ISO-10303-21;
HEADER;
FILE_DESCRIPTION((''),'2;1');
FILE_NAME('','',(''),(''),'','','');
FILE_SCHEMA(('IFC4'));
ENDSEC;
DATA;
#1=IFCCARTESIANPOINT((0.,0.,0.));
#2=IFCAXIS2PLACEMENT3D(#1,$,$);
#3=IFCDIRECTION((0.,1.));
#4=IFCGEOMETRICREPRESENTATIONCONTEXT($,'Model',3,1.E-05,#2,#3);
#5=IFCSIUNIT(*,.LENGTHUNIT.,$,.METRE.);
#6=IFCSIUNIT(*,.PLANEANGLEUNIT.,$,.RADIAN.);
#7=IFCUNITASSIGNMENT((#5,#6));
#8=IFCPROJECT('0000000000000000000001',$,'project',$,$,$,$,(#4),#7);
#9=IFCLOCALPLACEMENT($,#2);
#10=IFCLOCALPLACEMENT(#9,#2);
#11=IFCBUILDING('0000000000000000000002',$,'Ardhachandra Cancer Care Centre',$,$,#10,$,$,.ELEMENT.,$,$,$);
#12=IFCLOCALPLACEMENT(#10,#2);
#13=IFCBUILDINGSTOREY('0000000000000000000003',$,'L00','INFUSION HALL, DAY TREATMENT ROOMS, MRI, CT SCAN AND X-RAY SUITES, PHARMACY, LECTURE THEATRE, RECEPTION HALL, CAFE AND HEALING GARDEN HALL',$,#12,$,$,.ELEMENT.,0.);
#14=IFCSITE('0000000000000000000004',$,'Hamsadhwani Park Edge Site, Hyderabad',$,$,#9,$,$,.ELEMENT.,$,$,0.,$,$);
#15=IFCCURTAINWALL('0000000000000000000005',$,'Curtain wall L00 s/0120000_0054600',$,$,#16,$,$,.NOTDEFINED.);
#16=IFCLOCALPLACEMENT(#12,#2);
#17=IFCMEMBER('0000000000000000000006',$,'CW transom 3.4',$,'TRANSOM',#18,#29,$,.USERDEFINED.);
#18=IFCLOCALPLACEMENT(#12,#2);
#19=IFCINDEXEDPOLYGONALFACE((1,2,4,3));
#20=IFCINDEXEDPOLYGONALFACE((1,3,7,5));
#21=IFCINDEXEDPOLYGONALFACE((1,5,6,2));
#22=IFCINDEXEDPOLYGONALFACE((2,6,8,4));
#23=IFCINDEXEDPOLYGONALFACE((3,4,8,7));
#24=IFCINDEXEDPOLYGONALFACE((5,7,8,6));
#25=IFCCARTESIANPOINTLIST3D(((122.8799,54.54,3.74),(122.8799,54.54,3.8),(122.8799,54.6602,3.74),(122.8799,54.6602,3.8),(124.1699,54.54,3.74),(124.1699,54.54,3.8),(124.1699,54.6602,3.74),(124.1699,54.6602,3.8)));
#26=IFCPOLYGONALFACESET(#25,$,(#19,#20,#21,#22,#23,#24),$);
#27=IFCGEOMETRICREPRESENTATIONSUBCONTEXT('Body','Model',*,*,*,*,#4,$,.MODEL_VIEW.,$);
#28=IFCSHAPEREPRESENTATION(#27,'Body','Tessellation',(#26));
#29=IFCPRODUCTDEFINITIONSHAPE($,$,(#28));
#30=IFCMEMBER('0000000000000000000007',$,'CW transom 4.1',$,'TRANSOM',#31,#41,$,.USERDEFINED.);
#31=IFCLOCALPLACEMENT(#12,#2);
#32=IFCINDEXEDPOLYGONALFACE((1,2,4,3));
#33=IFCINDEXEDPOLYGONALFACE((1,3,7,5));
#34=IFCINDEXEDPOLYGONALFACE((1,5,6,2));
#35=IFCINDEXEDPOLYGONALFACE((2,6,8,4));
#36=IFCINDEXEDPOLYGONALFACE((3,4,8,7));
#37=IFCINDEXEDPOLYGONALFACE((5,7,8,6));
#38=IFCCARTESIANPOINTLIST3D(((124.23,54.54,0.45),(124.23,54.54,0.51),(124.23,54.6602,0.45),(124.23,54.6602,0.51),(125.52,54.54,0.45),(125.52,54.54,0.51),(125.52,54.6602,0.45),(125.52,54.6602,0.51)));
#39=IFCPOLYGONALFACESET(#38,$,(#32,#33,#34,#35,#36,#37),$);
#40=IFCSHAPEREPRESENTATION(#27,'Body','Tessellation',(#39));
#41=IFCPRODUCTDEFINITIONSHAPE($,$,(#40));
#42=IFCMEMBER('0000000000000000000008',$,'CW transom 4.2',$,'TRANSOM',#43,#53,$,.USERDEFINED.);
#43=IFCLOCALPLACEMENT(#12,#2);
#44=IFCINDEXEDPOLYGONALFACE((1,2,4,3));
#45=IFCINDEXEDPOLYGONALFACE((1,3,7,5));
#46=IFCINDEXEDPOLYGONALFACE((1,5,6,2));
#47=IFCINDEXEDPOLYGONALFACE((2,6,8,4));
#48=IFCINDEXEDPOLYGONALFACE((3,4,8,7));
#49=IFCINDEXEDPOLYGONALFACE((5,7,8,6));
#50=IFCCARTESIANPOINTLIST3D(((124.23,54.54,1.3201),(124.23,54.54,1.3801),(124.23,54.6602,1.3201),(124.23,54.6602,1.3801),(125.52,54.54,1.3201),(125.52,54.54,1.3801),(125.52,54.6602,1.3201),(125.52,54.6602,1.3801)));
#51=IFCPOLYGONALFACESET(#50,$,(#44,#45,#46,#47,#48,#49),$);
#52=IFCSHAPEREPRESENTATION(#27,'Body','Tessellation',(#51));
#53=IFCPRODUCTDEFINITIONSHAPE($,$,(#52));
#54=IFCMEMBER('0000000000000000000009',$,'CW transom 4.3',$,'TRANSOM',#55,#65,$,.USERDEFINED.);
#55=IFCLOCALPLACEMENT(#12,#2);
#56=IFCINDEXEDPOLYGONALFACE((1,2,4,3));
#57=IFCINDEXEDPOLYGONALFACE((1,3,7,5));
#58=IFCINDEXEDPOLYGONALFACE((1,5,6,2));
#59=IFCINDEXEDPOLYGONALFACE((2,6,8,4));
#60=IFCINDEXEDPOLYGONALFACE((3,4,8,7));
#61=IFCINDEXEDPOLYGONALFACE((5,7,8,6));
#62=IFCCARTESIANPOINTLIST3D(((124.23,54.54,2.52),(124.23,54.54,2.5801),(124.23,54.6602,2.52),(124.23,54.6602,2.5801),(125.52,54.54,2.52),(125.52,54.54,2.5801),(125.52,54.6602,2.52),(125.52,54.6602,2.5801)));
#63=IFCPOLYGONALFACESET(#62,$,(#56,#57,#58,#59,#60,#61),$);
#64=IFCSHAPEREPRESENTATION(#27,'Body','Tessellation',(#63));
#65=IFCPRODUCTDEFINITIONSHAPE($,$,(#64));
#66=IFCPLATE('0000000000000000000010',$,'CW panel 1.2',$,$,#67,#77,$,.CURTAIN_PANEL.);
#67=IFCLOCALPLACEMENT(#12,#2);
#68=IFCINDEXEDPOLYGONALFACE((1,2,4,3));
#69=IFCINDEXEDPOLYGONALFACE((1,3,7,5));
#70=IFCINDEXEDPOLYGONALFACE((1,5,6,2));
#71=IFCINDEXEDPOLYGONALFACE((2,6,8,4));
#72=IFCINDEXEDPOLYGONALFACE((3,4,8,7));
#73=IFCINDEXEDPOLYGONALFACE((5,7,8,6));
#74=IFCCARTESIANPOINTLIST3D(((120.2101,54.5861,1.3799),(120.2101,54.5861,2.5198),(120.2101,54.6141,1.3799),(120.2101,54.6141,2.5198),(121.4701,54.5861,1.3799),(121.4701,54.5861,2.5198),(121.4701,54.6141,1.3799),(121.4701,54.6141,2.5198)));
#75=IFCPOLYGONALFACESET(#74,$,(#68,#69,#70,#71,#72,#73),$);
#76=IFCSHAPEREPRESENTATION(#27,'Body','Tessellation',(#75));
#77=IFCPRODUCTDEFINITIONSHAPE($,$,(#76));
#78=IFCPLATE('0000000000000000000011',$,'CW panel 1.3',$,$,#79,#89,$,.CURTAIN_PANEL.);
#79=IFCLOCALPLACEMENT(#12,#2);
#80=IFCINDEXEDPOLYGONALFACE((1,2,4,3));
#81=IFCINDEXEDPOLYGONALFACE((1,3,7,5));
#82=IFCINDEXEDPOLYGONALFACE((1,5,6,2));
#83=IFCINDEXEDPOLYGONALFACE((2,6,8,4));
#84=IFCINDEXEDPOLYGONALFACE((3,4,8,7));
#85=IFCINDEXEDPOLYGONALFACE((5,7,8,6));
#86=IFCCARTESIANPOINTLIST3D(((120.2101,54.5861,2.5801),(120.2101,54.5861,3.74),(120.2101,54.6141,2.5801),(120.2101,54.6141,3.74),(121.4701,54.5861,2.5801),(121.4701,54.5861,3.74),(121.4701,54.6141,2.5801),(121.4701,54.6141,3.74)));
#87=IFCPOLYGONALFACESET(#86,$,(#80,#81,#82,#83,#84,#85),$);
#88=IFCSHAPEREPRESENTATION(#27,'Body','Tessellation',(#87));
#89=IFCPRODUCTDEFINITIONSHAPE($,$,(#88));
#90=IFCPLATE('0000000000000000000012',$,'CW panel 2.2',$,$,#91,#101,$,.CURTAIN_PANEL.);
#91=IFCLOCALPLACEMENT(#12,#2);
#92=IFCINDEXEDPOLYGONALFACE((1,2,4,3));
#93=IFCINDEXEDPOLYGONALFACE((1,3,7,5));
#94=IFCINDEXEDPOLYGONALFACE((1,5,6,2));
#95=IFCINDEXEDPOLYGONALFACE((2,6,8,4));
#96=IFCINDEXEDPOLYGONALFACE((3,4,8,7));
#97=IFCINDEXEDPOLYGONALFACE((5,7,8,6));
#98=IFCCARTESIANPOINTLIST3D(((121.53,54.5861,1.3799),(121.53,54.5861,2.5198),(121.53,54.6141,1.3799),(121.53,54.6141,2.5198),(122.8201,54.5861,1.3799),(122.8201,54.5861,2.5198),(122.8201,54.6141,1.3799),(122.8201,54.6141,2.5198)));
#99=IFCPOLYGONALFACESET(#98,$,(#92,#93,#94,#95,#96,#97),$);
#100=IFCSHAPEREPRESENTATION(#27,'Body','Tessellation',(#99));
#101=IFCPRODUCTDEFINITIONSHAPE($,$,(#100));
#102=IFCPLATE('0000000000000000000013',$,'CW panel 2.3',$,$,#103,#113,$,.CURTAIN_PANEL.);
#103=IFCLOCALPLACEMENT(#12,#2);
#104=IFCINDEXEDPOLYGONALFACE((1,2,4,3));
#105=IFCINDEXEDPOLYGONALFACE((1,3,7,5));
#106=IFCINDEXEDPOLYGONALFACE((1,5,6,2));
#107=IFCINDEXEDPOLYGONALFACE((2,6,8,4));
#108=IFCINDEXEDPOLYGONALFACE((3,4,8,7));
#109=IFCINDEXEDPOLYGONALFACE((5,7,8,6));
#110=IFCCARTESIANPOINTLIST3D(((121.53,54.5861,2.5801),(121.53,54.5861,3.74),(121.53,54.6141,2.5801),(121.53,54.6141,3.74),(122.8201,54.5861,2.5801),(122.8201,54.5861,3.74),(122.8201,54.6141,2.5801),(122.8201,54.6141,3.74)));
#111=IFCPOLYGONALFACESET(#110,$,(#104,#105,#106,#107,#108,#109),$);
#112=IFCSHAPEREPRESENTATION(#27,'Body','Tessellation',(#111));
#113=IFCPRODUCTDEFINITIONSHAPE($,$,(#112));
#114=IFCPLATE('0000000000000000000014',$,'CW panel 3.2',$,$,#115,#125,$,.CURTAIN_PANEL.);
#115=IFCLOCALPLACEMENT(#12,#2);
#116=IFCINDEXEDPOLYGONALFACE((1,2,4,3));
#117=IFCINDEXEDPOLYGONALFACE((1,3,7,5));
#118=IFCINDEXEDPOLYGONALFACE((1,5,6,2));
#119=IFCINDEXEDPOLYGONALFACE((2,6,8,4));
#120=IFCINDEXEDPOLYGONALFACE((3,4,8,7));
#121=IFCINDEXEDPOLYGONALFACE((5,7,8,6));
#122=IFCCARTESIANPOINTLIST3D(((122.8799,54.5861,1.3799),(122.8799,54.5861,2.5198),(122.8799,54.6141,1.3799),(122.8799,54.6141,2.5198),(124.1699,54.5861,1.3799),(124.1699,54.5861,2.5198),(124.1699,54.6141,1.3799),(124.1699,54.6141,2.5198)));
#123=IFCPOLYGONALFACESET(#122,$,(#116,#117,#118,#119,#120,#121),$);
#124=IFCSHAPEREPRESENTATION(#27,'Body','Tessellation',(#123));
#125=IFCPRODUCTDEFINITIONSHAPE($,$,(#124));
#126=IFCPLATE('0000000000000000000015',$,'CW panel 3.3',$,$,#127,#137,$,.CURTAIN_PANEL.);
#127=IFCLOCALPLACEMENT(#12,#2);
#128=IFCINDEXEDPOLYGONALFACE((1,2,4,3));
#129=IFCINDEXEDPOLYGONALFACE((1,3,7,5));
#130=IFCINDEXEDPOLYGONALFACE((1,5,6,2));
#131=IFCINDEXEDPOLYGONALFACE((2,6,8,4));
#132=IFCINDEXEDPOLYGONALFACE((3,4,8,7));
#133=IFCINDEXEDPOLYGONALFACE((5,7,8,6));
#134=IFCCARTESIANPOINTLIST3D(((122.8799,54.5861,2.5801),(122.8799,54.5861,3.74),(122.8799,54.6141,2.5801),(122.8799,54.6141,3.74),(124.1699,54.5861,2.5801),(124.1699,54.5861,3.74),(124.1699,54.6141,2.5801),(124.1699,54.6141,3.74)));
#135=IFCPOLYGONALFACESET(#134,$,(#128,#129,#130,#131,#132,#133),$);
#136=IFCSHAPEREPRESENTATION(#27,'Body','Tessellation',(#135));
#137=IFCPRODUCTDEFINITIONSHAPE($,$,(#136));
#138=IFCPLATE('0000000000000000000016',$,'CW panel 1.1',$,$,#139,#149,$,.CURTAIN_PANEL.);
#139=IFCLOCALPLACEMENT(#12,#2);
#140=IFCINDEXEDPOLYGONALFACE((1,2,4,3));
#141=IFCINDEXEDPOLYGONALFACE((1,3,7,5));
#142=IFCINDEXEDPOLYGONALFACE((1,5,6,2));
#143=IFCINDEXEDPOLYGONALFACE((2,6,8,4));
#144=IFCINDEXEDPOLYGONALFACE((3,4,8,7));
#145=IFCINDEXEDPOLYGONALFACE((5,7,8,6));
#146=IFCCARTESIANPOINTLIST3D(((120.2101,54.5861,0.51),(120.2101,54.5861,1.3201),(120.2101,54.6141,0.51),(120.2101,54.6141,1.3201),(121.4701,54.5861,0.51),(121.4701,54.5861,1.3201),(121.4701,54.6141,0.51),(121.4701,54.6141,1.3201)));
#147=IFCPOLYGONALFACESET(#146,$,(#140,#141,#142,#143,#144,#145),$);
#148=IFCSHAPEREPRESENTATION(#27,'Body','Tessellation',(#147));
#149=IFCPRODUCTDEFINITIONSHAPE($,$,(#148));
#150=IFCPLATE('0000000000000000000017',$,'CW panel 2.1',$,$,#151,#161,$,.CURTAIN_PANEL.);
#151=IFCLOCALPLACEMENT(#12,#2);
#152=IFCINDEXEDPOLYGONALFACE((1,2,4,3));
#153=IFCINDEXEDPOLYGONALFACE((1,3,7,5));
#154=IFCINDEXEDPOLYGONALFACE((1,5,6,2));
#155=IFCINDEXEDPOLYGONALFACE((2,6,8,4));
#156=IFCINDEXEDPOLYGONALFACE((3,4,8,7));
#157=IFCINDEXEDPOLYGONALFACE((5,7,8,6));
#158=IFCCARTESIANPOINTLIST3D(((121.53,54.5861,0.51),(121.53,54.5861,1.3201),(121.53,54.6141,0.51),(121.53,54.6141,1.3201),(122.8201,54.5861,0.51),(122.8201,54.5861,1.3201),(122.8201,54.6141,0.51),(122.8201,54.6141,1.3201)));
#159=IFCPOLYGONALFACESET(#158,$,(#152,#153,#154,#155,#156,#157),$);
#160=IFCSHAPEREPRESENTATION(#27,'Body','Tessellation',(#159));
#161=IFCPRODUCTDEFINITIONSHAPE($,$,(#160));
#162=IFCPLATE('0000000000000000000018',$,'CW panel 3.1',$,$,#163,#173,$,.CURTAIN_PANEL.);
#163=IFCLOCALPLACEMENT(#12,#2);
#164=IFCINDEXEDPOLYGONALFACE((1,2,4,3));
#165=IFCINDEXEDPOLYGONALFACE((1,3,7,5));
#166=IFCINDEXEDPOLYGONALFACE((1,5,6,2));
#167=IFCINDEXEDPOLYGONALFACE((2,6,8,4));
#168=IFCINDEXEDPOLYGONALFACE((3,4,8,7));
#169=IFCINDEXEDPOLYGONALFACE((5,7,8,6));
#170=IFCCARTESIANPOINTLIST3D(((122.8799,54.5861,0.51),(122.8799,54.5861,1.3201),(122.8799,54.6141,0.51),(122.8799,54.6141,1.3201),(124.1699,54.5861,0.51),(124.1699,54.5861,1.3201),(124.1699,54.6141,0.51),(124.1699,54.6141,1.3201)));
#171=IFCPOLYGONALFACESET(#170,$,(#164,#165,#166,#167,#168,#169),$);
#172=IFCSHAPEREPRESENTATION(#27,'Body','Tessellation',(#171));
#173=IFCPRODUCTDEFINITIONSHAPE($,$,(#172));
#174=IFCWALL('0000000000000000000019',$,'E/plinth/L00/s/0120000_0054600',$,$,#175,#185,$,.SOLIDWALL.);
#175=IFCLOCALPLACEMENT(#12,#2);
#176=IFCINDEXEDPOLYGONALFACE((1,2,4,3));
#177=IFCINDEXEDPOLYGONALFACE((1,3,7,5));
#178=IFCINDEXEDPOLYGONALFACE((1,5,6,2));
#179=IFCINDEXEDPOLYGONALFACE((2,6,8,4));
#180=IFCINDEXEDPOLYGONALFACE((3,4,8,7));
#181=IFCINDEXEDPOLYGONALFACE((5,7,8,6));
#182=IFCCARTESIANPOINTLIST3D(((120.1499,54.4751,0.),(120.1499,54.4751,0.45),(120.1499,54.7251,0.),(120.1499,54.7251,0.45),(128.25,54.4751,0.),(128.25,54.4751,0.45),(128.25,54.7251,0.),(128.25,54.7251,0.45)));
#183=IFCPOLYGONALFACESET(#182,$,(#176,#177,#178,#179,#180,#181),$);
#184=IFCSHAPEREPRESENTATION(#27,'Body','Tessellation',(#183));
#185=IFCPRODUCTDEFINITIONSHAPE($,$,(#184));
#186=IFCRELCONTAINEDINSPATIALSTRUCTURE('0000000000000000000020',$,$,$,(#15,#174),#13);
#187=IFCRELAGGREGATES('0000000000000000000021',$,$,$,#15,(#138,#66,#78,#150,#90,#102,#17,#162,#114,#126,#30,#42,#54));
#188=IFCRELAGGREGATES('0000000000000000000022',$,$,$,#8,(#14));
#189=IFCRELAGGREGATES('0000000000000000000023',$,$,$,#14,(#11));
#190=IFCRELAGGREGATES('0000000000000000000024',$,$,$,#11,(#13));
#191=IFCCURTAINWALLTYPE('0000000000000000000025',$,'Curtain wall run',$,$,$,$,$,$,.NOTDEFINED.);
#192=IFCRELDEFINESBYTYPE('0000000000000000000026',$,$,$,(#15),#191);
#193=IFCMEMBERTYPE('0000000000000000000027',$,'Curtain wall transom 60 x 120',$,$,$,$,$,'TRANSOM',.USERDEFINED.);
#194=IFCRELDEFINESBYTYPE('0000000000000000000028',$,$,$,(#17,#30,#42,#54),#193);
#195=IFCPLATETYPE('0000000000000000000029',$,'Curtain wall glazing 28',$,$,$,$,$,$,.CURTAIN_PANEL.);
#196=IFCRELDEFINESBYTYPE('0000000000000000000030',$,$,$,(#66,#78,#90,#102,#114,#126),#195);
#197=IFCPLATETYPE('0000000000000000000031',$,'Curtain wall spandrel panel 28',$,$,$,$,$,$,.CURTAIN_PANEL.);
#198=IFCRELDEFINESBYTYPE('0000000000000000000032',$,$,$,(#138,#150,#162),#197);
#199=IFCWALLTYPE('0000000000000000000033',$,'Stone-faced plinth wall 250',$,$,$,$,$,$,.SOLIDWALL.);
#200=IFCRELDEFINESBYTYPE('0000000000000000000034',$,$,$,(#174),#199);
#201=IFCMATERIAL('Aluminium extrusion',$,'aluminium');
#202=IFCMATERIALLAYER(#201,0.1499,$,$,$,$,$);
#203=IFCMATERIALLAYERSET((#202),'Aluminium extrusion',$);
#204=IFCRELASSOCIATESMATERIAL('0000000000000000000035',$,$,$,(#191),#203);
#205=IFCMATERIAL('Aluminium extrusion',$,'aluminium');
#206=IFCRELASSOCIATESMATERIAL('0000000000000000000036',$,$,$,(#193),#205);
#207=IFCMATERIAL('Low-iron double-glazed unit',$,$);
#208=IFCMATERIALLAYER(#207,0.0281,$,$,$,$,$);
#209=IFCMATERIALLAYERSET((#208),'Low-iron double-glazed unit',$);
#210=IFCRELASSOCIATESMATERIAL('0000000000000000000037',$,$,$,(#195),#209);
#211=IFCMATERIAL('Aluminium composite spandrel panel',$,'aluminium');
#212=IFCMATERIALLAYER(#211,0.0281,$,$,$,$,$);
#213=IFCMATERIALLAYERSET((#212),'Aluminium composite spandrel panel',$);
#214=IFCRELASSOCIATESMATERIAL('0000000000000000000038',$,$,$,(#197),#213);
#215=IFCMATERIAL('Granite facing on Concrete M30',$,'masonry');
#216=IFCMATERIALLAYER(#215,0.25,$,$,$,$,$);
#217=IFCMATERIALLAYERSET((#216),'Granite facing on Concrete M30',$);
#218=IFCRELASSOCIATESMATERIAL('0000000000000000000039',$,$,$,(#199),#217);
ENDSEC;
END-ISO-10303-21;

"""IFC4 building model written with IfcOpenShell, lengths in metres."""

from ifc_helpers import new_model, si_unit, direction, frame, frame_2d, origin, origin_2d, place, context, subcontext, project, spatial, rectangle, extrude, material, layer, layer_set, material_profile, profile_set, type_object, element, aggregate, save


model = new_model("IFC4")

# Units and contexts
model_context = context("Model", 3, precision=1e-05, world=origin(), true_north=direction((0.0, 1.0)))
body_context = subcontext(model_context, "Body", "Model", "MODEL_VIEW")
ifc_project = project(units=[si_unit("LENGTHUNIT", "METRE"), si_unit("PLANEANGLEUNIT", "RADIAN")], contexts=[model_context])

# Site, building, storey
site_placement = place(None, origin())
site = spatial("IfcSite", under=ifc_project, at=site_placement, Name="Hamsadhwani Park Edge Site, Hyderabad", CompositionType="ELEMENT", RefElevation=0.0)
building_placement = place(site_placement, origin())
building = spatial("IfcBuilding", under=site, at=building_placement, Name="Ardhachandra Cancer Care Centre", CompositionType="ELEMENT")
storey_placement = place(building_placement, origin())
storey = spatial("IfcBuildingStorey", under=building, at=storey_placement, Name="L00", Description="INFUSION HALL, DAY TREATMENT ROOMS, MRI, CT SCAN AND X-RAY SUITES, PHARMACY, LECTURE THEATRE, RECEPTION HALL, CAFE AND HEALING GARDEN HALL", CompositionType="ELEMENT", Elevation=0.0)

# Curtain wall, members, plates
ifc_material_1 = material(Name="Aluminium extrusion", Category="aluminium")
ifc_layer_1 = layer(ifc_material_1, 0.1499)
ifc_layer_set_1 = layer_set([ifc_layer_1], Name="Aluminium extrusion")
curtain_wall_type = type_object("IfcCurtainWallType", Name="Curtain wall run", PredefinedType="NOTDEFINED", material=ifc_layer_set_1)
curtain_wall_placement = place(storey_placement, origin())
curtain_wall = element("IfcCurtainWall", 1, at=curtain_wall_placement, inside=storey, type_object=curtain_wall_type, Name="Curtain wall L00 s/0120000_0054600", PredefinedType="NOTDEFINED")
ifc_material_2 = material(Name="Aluminium extrusion", Category="aluminium")
ifc_material_profile_1 = material_profile(ifc_material_2, rectangle(XDim=0.1201, YDim=0.0601, at=origin_2d()), Name="Curtain wall transom 60 x 120")
ifc_profile_set_1 = profile_set([ifc_material_profile_1], Name="Aluminium extrusion")
member_type_1 = type_object("IfcMemberType", Name="Curtain wall transom 60 x 120", ElementType="TRANSOM", PredefinedType="USERDEFINED", material=ifc_profile_set_1)
member_1_placement = place(storey_placement, frame((122.8799, 54.6001, 3.77), z_axis=(1.0, 0.0, 0.0), x_axis=(0.0, 1.0, 0.0)))
member_1 = element("IfcMember", 2, at=member_1_placement, type_object=member_type_1, Name="CW transom 3.4", ObjectType="TRANSOM", PredefinedType="USERDEFINED", context=body_context, shape_type="SweptSolid", body=[
    extrude(rectangle(XDim=0.1201, YDim=0.0601, at=origin_2d()), origin(), (0.0, 0.0, 1.0), 1.29),
])
member_2_placement = place(storey_placement, frame((124.23, 54.6001, 0.48), z_axis=(1.0, 0.0, 0.0), x_axis=(0.0, 1.0, 0.0)))
member_2 = element("IfcMember", 3, at=member_2_placement, type_object=member_type_1, Name="CW transom 4.1", ObjectType="TRANSOM", PredefinedType="USERDEFINED", context=body_context, shape_type="SweptSolid", body=[
    extrude(rectangle(XDim=0.1201, YDim=0.0601, at=origin_2d()), origin(), (0.0, 0.0, 1.0), 1.29),
])
member_3_placement = place(storey_placement, frame((124.23, 54.6001, 1.3501), z_axis=(1.0, 0.0, 0.0), x_axis=(0.0, 1.0, 0.0)))
member_3 = element("IfcMember", 4, at=member_3_placement, type_object=member_type_1, Name="CW transom 4.2", ObjectType="TRANSOM", PredefinedType="USERDEFINED", context=body_context, shape_type="SweptSolid", body=[
    extrude(rectangle(XDim=0.1201, YDim=0.0601, at=origin_2d()), origin(), (0.0, 0.0, 1.0), 1.29),
])
member_4_placement = place(storey_placement, frame((124.23, 54.6001, 2.55), z_axis=(1.0, 0.0, 0.0), x_axis=(0.0, 1.0, 0.0)))
member_4 = element("IfcMember", 5, at=member_4_placement, type_object=member_type_1, Name="CW transom 4.3", ObjectType="TRANSOM", PredefinedType="USERDEFINED", context=body_context, shape_type="SweptSolid", body=[
    extrude(rectangle(XDim=0.1201, YDim=0.0601, at=origin_2d()), origin(), (0.0, 0.0, 1.0), 1.29),
])
ifc_material_3 = material(Name="Low-iron double-glazed unit")
ifc_layer_2 = layer(ifc_material_3, 0.0281)
ifc_layer_set_2 = layer_set([ifc_layer_2], Name="Low-iron double-glazed unit")
plate_type_1 = type_object("IfcPlateType", Name="Curtain wall glazing 28", PredefinedType="CURTAIN_PANEL", material=ifc_layer_set_2)
plate_1_placement = place(storey_placement, frame((120.8401, 54.6001, 1.3799), z_axis=(0.0, 0.0, 1.0), x_axis=(1.0, 0.0, 0.0)))
plate_1 = element("IfcPlate", 6, at=plate_1_placement, type_object=plate_type_1, Name="CW panel 1.2", PredefinedType="CURTAIN_PANEL", context=body_context, shape_type="SweptSolid", body=[
    extrude(rectangle(XDim=1.26, YDim=0.0281, at=origin_2d()), origin(), (0.0, 0.0, 1.0), 1.1399),
])
plate_2_placement = place(storey_placement, frame((120.8401, 54.6001, 2.5801), z_axis=(0.0, 0.0, 1.0), x_axis=(1.0, 0.0, 0.0)))
plate_2 = element("IfcPlate", 7, at=plate_2_placement, type_object=plate_type_1, Name="CW panel 1.3", PredefinedType="CURTAIN_PANEL", context=body_context, shape_type="SweptSolid", body=[
    extrude(rectangle(XDim=1.26, YDim=0.0281, at=origin_2d()), origin(), (0.0, 0.0, 1.0), 1.1599),
])
plate_3_placement = place(storey_placement, frame((122.175, 54.6001, 1.3799), z_axis=(0.0, 0.0, 1.0), x_axis=(1.0, 0.0, 0.0)))
plate_3 = element("IfcPlate", 8, at=plate_3_placement, type_object=plate_type_1, Name="CW panel 2.2", PredefinedType="CURTAIN_PANEL", context=body_context, shape_type="SweptSolid", body=[
    extrude(rectangle(XDim=1.29, YDim=0.0281, at=origin_2d()), origin(), (0.0, 0.0, 1.0), 1.1399),
])
plate_4_placement = place(storey_placement, frame((122.175, 54.6001, 2.5801), z_axis=(0.0, 0.0, 1.0), x_axis=(1.0, 0.0, 0.0)))
plate_4 = element("IfcPlate", 9, at=plate_4_placement, type_object=plate_type_1, Name="CW panel 2.3", PredefinedType="CURTAIN_PANEL", context=body_context, shape_type="SweptSolid", body=[
    extrude(rectangle(XDim=1.29, YDim=0.0281, at=origin_2d()), origin(), (0.0, 0.0, 1.0), 1.1599),
])
plate_5_placement = place(storey_placement, frame((123.5249, 54.6001, 1.3799), z_axis=(0.0, 0.0, 1.0), x_axis=(1.0, 0.0, 0.0)))
plate_5 = element("IfcPlate", 10, at=plate_5_placement, type_object=plate_type_1, Name="CW panel 3.2", PredefinedType="CURTAIN_PANEL", context=body_context, shape_type="SweptSolid", body=[
    extrude(rectangle(XDim=1.29, YDim=0.0281, at=origin_2d()), origin(), (0.0, 0.0, 1.0), 1.1399),
])
plate_6_placement = place(storey_placement, frame((123.5249, 54.6001, 2.5801), z_axis=(0.0, 0.0, 1.0), x_axis=(1.0, 0.0, 0.0)))
plate_6 = element("IfcPlate", 11, at=plate_6_placement, type_object=plate_type_1, Name="CW panel 3.3", PredefinedType="CURTAIN_PANEL", context=body_context, shape_type="SweptSolid", body=[
    extrude(rectangle(XDim=1.29, YDim=0.0281, at=origin_2d()), origin(), (0.0, 0.0, 1.0), 1.1599),
])
ifc_material_4 = material(Name="Aluminium composite spandrel panel", Category="aluminium")
ifc_layer_3 = layer(ifc_material_4, 0.0281)
ifc_layer_set_3 = layer_set([ifc_layer_3], Name="Aluminium composite spandrel panel")
plate_type_2 = type_object("IfcPlateType", Name="Curtain wall spandrel panel 28", PredefinedType="CURTAIN_PANEL", material=ifc_layer_set_3)
plate_7_placement = place(storey_placement, frame((120.8401, 54.6001, 0.51), z_axis=(0.0, 0.0, 1.0), x_axis=(1.0, 0.0, 0.0)))
plate_7 = element("IfcPlate", 12, at=plate_7_placement, type_object=plate_type_2, Name="CW panel 1.1", PredefinedType="CURTAIN_PANEL", context=body_context, shape_type="SweptSolid", body=[
    extrude(rectangle(XDim=1.26, YDim=0.0281, at=origin_2d()), origin(), (0.0, 0.0, 1.0), 0.8101),
])
plate_8_placement = place(storey_placement, frame((122.175, 54.6001, 0.51), z_axis=(0.0, 0.0, 1.0), x_axis=(1.0, 0.0, 0.0)))
plate_8 = element("IfcPlate", 13, at=plate_8_placement, type_object=plate_type_2, Name="CW panel 2.1", PredefinedType="CURTAIN_PANEL", context=body_context, shape_type="SweptSolid", body=[
    extrude(rectangle(XDim=1.29, YDim=0.0281, at=origin_2d()), origin(), (0.0, 0.0, 1.0), 0.8101),
])
plate_9_placement = place(storey_placement, frame((123.5249, 54.6001, 0.51), z_axis=(0.0, 0.0, 1.0), x_axis=(1.0, 0.0, 0.0)))
plate_9 = element("IfcPlate", 14, at=plate_9_placement, type_object=plate_type_2, Name="CW panel 3.1", PredefinedType="CURTAIN_PANEL", context=body_context, shape_type="SweptSolid", body=[
    extrude(rectangle(XDim=1.29, YDim=0.0281, at=origin_2d()), origin(), (0.0, 0.0, 1.0), 0.8101),
])
aggregate(curtain_wall, [plate_7, plate_1, plate_2, plate_8, plate_3, plate_4, member_1, plate_9, plate_5, plate_6, member_2, member_3, member_4])

# Wall
ifc_material_5 = material(Name="Granite facing on Concrete M30", Category="masonry")
ifc_layer_4 = layer(ifc_material_5, 0.25)
ifc_layer_set_4 = layer_set([ifc_layer_4], Name="Granite facing on Concrete M30")
wall_type = type_object("IfcWallType", Name="Stone-faced plinth wall 250", PredefinedType="SOLIDWALL", material=ifc_layer_set_4)
wall_placement = place(storey_placement, frame((120.1499, 54.6001, 0.0), z_axis=(0.0, 0.0, 1.0), x_axis=(1.0, 0.0, 0.0)))
element("IfcWall", 15, at=wall_placement, inside=storey, type_object=wall_type, Name="E/plinth/L00/s/0120000_0054600", PredefinedType="SOLIDWALL", context=body_context, shape_type="SweptSolid", body=[
    extrude(rectangle(XDim=8.1001, YDim=0.25, at=frame_2d((4.05, 0.0))), origin(), (0.0, 0.0, 1.0), 0.45),
])

save(model, "model.ifc")
